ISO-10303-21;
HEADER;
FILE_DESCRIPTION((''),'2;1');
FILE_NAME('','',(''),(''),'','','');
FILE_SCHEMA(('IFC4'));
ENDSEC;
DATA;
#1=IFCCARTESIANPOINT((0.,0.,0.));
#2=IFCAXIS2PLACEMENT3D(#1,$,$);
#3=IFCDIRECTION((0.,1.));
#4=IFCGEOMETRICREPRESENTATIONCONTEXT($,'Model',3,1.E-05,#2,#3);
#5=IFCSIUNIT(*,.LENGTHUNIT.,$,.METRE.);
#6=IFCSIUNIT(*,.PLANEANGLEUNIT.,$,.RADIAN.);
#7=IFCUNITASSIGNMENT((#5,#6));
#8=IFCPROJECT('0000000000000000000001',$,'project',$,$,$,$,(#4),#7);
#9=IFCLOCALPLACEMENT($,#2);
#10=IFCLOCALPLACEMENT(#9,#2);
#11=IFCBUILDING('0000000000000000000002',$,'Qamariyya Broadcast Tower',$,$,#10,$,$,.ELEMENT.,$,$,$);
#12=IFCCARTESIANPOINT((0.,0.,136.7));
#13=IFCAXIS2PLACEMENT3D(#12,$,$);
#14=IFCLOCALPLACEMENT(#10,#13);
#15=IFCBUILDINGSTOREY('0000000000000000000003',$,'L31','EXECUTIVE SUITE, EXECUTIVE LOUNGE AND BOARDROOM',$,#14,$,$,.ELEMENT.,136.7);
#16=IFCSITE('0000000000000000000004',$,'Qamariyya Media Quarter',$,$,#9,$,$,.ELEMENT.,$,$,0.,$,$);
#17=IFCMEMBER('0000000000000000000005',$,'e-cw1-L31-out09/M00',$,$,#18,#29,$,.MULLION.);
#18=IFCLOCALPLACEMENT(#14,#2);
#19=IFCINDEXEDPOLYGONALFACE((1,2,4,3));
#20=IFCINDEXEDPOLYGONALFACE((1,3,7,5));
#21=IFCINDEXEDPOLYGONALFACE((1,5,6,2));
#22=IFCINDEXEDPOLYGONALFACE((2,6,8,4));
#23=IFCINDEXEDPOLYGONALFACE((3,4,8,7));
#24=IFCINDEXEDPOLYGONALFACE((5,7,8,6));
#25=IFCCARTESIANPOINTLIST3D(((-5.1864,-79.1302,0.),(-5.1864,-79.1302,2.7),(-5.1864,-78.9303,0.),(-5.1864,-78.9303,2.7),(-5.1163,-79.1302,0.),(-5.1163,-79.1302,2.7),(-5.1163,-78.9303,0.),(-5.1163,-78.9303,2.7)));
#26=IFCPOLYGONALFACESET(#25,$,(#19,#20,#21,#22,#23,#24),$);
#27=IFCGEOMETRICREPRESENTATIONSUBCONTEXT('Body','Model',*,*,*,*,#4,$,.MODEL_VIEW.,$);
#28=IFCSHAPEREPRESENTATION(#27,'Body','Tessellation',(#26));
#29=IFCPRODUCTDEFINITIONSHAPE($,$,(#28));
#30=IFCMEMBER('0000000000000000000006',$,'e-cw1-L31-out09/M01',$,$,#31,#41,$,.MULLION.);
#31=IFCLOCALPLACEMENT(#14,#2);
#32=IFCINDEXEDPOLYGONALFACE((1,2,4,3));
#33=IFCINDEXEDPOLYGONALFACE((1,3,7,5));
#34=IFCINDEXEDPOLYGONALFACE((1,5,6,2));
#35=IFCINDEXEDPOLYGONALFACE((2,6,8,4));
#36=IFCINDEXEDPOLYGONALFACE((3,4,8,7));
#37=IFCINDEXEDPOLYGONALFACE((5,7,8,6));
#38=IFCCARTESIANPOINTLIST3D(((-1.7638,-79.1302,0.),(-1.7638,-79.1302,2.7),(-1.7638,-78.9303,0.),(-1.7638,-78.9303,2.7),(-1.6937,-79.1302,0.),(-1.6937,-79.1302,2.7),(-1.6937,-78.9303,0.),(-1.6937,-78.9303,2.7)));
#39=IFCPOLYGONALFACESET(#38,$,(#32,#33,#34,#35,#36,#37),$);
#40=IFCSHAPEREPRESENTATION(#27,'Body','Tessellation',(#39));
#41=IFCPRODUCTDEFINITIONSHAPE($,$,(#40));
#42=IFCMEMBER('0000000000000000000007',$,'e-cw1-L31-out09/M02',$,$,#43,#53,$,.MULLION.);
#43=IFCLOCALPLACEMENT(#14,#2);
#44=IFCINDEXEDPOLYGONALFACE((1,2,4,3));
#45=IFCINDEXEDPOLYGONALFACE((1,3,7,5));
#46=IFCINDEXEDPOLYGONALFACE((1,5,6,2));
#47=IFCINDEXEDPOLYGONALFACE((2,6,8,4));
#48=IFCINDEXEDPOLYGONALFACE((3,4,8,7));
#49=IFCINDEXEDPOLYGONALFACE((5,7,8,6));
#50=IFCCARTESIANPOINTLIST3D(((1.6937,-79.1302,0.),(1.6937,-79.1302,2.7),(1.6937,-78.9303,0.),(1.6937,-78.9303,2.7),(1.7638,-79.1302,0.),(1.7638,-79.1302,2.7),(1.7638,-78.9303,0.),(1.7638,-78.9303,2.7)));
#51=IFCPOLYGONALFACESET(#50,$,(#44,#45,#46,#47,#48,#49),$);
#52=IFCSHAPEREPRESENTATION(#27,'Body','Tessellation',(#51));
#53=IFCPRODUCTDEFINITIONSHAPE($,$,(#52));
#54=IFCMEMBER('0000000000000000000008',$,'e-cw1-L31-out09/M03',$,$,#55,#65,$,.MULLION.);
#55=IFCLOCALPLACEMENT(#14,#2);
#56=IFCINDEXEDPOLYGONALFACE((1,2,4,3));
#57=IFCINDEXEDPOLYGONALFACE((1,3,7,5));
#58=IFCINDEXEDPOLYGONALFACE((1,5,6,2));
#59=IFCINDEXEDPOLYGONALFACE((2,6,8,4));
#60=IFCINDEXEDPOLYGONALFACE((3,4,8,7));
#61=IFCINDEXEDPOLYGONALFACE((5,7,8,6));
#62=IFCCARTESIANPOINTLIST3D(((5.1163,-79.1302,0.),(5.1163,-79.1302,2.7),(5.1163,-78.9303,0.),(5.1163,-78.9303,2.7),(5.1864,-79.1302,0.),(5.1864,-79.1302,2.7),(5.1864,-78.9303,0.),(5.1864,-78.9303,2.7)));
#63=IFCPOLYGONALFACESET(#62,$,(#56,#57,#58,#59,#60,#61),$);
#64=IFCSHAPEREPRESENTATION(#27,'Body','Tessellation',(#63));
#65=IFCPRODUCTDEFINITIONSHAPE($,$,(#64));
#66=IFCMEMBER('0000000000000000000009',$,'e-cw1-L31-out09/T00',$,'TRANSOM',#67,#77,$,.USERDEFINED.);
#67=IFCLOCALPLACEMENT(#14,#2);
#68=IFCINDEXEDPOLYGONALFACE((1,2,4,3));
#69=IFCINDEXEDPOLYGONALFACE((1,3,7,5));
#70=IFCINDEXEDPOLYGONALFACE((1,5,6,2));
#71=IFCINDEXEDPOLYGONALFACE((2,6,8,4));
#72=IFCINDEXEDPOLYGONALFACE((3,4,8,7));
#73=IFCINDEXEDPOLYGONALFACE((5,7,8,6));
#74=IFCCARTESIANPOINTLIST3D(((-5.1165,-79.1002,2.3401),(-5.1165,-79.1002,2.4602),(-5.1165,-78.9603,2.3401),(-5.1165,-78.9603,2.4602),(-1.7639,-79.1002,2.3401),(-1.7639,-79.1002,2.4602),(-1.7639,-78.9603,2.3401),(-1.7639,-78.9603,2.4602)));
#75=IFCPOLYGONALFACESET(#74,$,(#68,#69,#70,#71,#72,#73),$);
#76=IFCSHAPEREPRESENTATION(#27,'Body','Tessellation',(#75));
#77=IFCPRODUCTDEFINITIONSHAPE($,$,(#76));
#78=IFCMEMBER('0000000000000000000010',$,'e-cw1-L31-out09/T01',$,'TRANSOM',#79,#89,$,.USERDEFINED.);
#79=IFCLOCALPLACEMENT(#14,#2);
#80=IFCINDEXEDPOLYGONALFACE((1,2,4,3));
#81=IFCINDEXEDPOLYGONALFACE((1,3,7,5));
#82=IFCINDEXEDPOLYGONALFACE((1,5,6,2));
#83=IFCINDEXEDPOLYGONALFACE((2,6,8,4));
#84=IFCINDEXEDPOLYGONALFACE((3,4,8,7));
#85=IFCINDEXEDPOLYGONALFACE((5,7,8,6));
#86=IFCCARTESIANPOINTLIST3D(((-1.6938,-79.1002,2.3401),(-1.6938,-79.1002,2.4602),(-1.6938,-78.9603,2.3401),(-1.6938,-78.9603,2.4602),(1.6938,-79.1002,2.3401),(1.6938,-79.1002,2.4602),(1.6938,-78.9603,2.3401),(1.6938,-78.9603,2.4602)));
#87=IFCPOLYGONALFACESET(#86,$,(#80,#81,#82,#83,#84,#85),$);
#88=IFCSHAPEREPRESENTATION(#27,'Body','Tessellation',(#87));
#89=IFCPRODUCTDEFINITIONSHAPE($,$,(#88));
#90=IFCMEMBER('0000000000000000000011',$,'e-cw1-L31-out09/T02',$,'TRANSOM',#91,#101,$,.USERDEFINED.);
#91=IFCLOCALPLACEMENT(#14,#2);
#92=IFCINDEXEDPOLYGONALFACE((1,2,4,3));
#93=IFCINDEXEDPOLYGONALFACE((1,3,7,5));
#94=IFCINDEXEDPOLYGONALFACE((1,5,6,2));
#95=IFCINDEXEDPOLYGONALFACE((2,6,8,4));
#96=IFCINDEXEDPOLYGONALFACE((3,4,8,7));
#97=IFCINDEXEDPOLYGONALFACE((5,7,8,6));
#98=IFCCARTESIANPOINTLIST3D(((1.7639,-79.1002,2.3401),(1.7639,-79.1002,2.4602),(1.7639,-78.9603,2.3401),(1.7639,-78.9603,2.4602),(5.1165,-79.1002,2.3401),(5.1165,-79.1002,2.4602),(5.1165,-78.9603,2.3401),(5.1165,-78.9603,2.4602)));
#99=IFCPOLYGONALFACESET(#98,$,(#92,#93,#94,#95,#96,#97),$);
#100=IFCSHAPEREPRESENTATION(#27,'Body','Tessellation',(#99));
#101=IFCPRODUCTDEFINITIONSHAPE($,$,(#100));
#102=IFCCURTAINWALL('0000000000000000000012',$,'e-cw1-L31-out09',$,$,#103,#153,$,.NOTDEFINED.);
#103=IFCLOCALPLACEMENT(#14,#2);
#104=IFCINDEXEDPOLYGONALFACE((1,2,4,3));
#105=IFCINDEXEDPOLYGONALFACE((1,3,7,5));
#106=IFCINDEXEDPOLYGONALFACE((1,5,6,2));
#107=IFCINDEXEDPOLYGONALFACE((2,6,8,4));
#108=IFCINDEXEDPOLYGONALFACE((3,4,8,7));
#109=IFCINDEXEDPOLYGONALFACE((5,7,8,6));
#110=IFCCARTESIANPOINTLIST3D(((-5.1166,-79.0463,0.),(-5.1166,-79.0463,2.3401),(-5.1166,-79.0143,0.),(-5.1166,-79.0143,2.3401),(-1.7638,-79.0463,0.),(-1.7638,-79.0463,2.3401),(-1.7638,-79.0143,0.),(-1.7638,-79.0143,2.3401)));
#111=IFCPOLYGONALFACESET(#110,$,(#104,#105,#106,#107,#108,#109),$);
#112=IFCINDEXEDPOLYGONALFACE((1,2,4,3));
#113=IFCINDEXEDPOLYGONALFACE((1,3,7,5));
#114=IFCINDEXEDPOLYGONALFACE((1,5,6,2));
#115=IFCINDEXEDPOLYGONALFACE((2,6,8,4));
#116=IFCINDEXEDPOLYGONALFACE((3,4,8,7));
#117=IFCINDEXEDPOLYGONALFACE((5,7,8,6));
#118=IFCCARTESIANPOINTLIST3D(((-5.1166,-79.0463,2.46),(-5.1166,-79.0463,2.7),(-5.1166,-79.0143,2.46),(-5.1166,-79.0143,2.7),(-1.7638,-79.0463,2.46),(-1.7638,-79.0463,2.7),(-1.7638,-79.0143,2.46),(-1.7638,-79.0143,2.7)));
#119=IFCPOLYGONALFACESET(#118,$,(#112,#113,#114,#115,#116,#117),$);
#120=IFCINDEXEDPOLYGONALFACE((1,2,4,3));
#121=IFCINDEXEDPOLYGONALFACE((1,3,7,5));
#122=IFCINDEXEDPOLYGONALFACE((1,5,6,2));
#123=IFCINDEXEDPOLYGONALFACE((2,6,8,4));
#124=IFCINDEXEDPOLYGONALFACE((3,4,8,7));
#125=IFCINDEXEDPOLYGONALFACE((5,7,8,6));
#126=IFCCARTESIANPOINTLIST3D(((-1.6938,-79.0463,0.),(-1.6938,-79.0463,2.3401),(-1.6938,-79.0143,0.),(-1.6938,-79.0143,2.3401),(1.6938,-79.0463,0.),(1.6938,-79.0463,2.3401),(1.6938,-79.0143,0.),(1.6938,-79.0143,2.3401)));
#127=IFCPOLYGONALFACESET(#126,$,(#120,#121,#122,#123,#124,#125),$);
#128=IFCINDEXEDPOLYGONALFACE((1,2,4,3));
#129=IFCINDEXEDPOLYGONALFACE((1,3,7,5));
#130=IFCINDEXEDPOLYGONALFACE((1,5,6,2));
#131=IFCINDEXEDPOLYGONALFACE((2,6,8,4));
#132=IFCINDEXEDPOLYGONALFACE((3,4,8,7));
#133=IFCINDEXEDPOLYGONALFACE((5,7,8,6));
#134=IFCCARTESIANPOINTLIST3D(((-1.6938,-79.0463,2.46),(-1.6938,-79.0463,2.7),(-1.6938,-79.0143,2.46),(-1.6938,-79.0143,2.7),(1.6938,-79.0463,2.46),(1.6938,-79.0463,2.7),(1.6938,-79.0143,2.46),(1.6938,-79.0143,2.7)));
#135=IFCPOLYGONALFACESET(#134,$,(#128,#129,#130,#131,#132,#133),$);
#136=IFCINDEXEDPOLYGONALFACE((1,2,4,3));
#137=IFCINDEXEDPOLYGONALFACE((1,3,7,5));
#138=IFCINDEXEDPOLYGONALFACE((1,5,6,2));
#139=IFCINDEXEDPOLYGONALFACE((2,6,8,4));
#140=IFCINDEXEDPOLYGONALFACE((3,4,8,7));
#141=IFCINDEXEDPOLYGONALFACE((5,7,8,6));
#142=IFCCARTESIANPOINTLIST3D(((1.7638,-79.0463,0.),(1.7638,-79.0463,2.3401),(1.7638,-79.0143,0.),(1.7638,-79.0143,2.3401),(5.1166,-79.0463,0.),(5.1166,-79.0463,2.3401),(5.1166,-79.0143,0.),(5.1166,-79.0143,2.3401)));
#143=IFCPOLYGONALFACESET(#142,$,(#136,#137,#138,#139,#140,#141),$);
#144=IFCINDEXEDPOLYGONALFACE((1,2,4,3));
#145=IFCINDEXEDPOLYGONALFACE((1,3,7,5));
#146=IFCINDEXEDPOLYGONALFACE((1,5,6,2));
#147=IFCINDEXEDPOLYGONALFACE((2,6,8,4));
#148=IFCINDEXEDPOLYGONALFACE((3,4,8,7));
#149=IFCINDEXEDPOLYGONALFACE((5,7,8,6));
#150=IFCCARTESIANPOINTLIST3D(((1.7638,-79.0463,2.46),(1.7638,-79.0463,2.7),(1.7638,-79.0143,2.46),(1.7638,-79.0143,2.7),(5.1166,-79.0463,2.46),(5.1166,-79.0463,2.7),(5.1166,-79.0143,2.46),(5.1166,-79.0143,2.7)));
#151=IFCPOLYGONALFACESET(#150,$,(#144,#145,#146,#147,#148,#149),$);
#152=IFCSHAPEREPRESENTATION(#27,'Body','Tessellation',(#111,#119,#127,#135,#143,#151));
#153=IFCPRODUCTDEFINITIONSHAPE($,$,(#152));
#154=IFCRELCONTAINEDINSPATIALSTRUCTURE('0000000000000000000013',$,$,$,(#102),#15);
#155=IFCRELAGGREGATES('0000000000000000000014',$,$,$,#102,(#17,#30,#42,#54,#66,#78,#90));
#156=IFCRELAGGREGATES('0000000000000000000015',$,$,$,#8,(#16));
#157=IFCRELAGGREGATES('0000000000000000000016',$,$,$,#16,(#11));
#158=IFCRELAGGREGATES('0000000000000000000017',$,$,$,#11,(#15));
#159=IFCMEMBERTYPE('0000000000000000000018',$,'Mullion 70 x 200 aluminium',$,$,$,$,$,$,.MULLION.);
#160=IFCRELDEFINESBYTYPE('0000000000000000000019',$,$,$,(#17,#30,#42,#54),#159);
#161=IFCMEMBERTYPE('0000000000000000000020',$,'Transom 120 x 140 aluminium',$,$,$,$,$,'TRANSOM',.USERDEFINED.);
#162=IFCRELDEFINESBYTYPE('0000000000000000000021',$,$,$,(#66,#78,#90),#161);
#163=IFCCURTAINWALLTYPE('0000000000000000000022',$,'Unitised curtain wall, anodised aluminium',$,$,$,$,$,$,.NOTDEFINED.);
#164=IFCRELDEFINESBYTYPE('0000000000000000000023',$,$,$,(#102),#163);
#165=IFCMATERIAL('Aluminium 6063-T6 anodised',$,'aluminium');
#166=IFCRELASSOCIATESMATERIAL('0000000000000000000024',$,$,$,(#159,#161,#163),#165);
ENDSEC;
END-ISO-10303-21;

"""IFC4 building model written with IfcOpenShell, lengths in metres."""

from ifc_helpers import new_model, si_unit, direction, frame, origin, origin_2d, place, context, subcontext, project, spatial, rectangle, extrude, material, material_profile, profile_set, type_object, element, aggregate, save


model = new_model("IFC4")

# Units and contexts
model_context = context("Model", 3, precision=1e-05, world=origin(), true_north=direction((0.0, 1.0)))
body_context = subcontext(model_context, "Body", "Model", "MODEL_VIEW")
ifc_project = project(units=[si_unit("LENGTHUNIT", "METRE"), si_unit("PLANEANGLEUNIT", "RADIAN")], contexts=[model_context])

# Members
ifc_material = material(Name="Aluminium 6063-T6 anodised", Category="aluminium")
ifc_material_profile_1 = material_profile(ifc_material, rectangle(XDim=0.2, YDim=0.0701, at=origin_2d()))
ifc_profile_set_1 = profile_set([ifc_material_profile_1], Name="Aluminium 6063-T6 anodised")
member_type_1 = type_object("IfcMemberType", Name="Mullion 70 x 200 aluminium", PredefinedType="MULLION", material=ifc_profile_set_1)
site_placement = place(None, origin())
building_placement = place(site_placement, origin())
storey_placement = place(building_placement, frame((0.0, 0.0, 136.7)))
member_1_placement = place(storey_placement, frame((-5.1514, -79.0303, 0.0), z_axis=(0.0, 0.0, 1.0), x_axis=(0.0, 1.0, 0.0)))
member_1 = element("IfcMember", 1, at=member_1_placement, type_object=member_type_1, Name="e-cw1-L31-out09/M00", PredefinedType="MULLION", context=body_context, shape_type="SweptSolid", body=[
    extrude(rectangle(XDim=0.2, YDim=0.0701, at=origin_2d()), origin(), (0.0, 0.0, 1.0), 2.7),
])
member_2_placement = place(storey_placement, frame((-1.7288, -79.0303, 0.0), z_axis=(0.0, 0.0, 1.0), x_axis=(0.0, 1.0, 0.0)))
member_2 = element("IfcMember", 2, at=member_2_placement, type_object=member_type_1, Name="e-cw1-L31-out09/M01", PredefinedType="MULLION", context=body_context, shape_type="SweptSolid", body=[
    extrude(rectangle(XDim=0.2, YDim=0.0701, at=origin_2d()), origin(), (0.0, 0.0, 1.0), 2.7),
])
member_3_placement = place(storey_placement, frame((1.7288, -79.0303, 0.0), z_axis=(0.0, 0.0, 1.0), x_axis=(0.0, 1.0, 0.0)))
member_3 = element("IfcMember", 3, at=member_3_placement, type_object=member_type_1, Name="e-cw1-L31-out09/M02", PredefinedType="MULLION", context=body_context, shape_type="SweptSolid", body=[
    extrude(rectangle(XDim=0.2, YDim=0.0701, at=origin_2d()), origin(), (0.0, 0.0, 1.0), 2.7),
])
member_4_placement = place(storey_placement, frame((5.1514, -79.0303, 0.0), z_axis=(0.0, 0.0, 1.0), x_axis=(0.0, 1.0, 0.0)))
member_4 = element("IfcMember", 4, at=member_4_placement, type_object=member_type_1, Name="e-cw1-L31-out09/M03", PredefinedType="MULLION", context=body_context, shape_type="SweptSolid", body=[
    extrude(rectangle(XDim=0.2, YDim=0.0701, at=origin_2d()), origin(), (0.0, 0.0, 1.0), 2.7),
])
ifc_material_profile_2 = material_profile(ifc_material, rectangle(XDim=0.1399, YDim=0.1201, at=origin_2d()))
ifc_profile_set_2 = profile_set([ifc_material_profile_2], Name="Aluminium 6063-T6 anodised")
member_type_2 = type_object("IfcMemberType", Name="Transom 120 x 140 aluminium", ElementType="TRANSOM", PredefinedType="USERDEFINED", material=ifc_profile_set_2)
member_5_placement = place(storey_placement, frame((-5.1165, -79.0303, 2.4001), z_axis=(1.0, 0.0, 0.0), x_axis=(0.0, 1.0, 0.0)))
member_5 = element("IfcMember", 5, at=member_5_placement, type_object=member_type_2, Name="e-cw1-L31-out09/T00", ObjectType="TRANSOM", PredefinedType="USERDEFINED", context=body_context, shape_type="SweptSolid", body=[
    extrude(rectangle(XDim=0.1399, YDim=0.1201, at=origin_2d()), origin(), (0.0, 0.0, 1.0), 3.3525),
])
member_6_placement = place(storey_placement, frame((-1.6938, -79.0303, 2.4001), z_axis=(1.0, 0.0, 0.0), x_axis=(0.0, 1.0, 0.0)))
member_6 = element("IfcMember", 6, at=member_6_placement, type_object=member_type_2, Name="e-cw1-L31-out09/T01", ObjectType="TRANSOM", PredefinedType="USERDEFINED", context=body_context, shape_type="SweptSolid", body=[
    extrude(rectangle(XDim=0.1399, YDim=0.1201, at=origin_2d()), origin(), (0.0, 0.0, 1.0), 3.3877),
])
member_7_placement = place(storey_placement, frame((1.7639, -79.0303, 2.4001), z_axis=(1.0, 0.0, 0.0), x_axis=(0.0, 1.0, 0.0)))
member_7 = element("IfcMember", 7, at=member_7_placement, type_object=member_type_2, Name="e-cw1-L31-out09/T02", ObjectType="TRANSOM", PredefinedType="USERDEFINED", context=body_context, shape_type="SweptSolid", body=[
    extrude(rectangle(XDim=0.1399, YDim=0.1201, at=origin_2d()), origin(), (0.0, 0.0, 1.0), 3.3525),
])

# Site, building, storey
site = spatial("IfcSite", under=ifc_project, at=site_placement, Name="Qamariyya Media Quarter", CompositionType="ELEMENT", RefElevation=0.0)
building = spatial("IfcBuilding", under=site, at=building_placement, Name="Qamariyya Broadcast Tower", CompositionType="ELEMENT")
storey = spatial("IfcBuildingStorey", under=building, at=storey_placement, Name="L31", Description="EXECUTIVE SUITE, EXECUTIVE LOUNGE AND BOARDROOM", CompositionType="ELEMENT", Elevation=136.7)

# Curtain wall
curtain_wall_type = type_object("IfcCurtainWallType", Name="Unitised curtain wall, anodised aluminium", PredefinedType="NOTDEFINED", material=ifc_material)
curtain_wall_1_placement = place(storey_placement, origin())
curtain_wall_1 = element("IfcCurtainWall", 8, at=curtain_wall_1_placement, inside=storey, type_object=curtain_wall_type, Name="e-cw1-L31-out09", PredefinedType="NOTDEFINED", context=body_context, shape_type="SweptSolid", body=[
    extrude(rectangle(XDim=3.3528, YDim=0.032, at=origin_2d()), frame((-3.4402, -79.0303, 0.0), x_axis=(1.0, 0.0, 0.0)), (0.0, 0.0, 1.0), 2.3401),
    extrude(rectangle(XDim=3.3528, YDim=0.032, at=origin_2d()), frame((-3.4402, -79.0303, 2.46), x_axis=(1.0, 0.0, 0.0)), (0.0, 0.0, 1.0), 0.24),
    extrude(rectangle(XDim=3.3877, YDim=0.032, at=origin_2d()), frame((0.0, -79.0303, 0.0), x_axis=(1.0, 0.0, 0.0)), (0.0, 0.0, 1.0), 2.3401),
    extrude(rectangle(XDim=3.3877, YDim=0.032, at=origin_2d()), frame((0.0, -79.0303, 2.46), x_axis=(1.0, 0.0, 0.0)), (0.0, 0.0, 1.0), 0.24),
    extrude(rectangle(XDim=3.3528, YDim=0.032, at=origin_2d()), frame((3.4402, -79.0303, 0.0), x_axis=(1.0, 0.0, 0.0)), (0.0, 0.0, 1.0), 2.3401),
    extrude(rectangle(XDim=3.3528, YDim=0.032, at=origin_2d()), frame((3.4402, -79.0303, 2.46), x_axis=(1.0, 0.0, 0.0)), (0.0, 0.0, 1.0), 0.24),
])
aggregate(curtain_wall_1, [member_1, member_2, member_3, member_4, member_5, member_6, member_7])

save(model, "model.ifc")
